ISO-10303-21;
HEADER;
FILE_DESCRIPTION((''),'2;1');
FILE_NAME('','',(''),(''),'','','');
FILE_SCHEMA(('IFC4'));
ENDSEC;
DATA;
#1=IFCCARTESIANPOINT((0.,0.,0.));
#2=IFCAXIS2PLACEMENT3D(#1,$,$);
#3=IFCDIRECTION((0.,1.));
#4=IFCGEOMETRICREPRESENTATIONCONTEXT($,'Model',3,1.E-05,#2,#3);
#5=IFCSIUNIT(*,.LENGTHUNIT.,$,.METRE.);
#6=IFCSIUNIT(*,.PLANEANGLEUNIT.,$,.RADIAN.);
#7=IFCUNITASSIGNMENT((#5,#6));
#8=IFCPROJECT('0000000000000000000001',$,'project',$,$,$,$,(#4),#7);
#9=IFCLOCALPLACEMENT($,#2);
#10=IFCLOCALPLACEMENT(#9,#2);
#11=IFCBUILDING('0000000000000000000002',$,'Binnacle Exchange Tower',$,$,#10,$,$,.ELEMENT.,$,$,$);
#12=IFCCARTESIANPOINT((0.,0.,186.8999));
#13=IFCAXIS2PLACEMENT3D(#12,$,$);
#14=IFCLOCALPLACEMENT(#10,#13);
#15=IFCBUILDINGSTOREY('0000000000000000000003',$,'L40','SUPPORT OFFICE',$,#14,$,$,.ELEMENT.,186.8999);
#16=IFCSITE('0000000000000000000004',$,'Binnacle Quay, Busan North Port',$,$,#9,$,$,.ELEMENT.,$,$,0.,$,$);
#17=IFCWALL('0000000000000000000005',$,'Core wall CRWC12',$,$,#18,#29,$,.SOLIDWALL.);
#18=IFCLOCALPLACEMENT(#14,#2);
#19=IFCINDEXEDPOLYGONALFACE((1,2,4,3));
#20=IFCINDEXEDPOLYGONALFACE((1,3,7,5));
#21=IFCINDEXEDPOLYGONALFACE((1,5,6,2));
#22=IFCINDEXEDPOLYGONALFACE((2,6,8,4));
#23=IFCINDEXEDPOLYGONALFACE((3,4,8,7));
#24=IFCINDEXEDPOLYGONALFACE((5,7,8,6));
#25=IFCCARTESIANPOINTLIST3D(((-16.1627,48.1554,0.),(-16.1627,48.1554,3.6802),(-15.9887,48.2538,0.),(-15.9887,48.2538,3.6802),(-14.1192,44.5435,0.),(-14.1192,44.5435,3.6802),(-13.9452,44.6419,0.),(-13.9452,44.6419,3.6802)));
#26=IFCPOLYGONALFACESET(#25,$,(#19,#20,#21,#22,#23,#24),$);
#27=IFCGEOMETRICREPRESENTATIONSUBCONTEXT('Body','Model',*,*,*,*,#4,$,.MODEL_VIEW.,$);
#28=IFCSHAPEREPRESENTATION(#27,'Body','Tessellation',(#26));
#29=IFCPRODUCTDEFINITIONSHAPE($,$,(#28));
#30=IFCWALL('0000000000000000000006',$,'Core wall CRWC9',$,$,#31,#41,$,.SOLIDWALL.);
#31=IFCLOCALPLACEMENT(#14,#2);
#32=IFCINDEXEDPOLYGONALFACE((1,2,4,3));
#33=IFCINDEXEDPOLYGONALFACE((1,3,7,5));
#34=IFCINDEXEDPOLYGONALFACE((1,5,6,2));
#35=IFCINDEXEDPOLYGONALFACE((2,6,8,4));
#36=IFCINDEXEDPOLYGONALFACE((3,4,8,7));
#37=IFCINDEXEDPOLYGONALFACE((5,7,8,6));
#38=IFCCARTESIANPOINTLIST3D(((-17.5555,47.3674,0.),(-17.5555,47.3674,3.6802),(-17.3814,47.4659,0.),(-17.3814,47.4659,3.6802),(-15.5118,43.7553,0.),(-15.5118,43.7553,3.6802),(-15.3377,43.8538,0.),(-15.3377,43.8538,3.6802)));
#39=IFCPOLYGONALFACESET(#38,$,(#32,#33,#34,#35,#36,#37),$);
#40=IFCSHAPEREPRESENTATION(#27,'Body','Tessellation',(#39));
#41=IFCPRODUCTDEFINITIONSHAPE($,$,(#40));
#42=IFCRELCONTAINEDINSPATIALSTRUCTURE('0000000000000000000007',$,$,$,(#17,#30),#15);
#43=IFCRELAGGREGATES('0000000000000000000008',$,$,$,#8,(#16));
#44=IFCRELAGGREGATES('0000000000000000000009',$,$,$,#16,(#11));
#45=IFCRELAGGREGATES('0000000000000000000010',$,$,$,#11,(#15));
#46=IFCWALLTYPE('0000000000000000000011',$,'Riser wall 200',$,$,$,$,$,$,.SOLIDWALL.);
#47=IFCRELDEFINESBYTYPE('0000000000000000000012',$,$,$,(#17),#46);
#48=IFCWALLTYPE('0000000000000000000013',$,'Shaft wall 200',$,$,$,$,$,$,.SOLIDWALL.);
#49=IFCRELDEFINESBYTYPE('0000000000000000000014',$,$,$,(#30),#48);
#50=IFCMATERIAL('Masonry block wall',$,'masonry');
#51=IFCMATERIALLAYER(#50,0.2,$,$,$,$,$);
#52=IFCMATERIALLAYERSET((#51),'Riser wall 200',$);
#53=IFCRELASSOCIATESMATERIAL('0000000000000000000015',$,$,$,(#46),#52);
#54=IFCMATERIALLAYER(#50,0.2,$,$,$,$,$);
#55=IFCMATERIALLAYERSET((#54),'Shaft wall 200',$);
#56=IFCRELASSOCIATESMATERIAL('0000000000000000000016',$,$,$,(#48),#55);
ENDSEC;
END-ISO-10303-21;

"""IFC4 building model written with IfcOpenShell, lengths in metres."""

from ifc_helpers import new_model, si_unit, direction, frame, frame_2d, origin, place, context, subcontext, project, spatial, rectangle, extrude, material, layer, layer_set, type_object, element, save


model = new_model("IFC4")

# Units and contexts
model_context = context("Model", 3, precision=1e-05, world=origin(), true_north=direction((0.0, 1.0)))
body_context = subcontext(model_context, "Body", "Model", "MODEL_VIEW")
ifc_project = project(units=[si_unit("LENGTHUNIT", "METRE"), si_unit("PLANEANGLEUNIT", "RADIAN")], contexts=[model_context])

# Site, building, storey
site_placement = place(None, origin())
site = spatial("IfcSite", under=ifc_project, at=site_placement, Name="Binnacle Quay, Busan North Port", CompositionType="ELEMENT", RefElevation=0.0)
building_placement = place(site_placement, origin())
building = spatial("IfcBuilding", under=site, at=building_placement, Name="Binnacle Exchange Tower", CompositionType="ELEMENT")
storey_placement = place(building_placement, frame((0.0, 0.0, 186.8999)))
storey = spatial("IfcBuildingStorey", under=building, at=storey_placement, Name="L40", Description="SUPPORT OFFICE", CompositionType="ELEMENT", Elevation=186.8999)

# Walls
ifc_material_1 = material(Name="Masonry block wall", Category="masonry")
ifc_layer_1 = layer(ifc_material_1, 0.2)
ifc_layer_set_1 = layer_set([ifc_layer_1], Name="Riser wall 200")
wall_type_1 = type_object("IfcWallType", Name="Riser wall 200", PredefinedType="SOLIDWALL", material=ifc_layer_set_1)
wall_1_placement = place(storey_placement, frame((-16.0757, 48.2046, 0.0), z_axis=(0.0, 0.0, 1.0), x_axis=(0.492422, -0.870357, 0.0)))
element("IfcWall", 1, at=wall_1_placement, inside=storey, type_object=wall_type_1, Name="Core wall CRWC12", PredefinedType="SOLIDWALL", context=body_context, shape_type="SweptSolid", body=[
    extrude(rectangle(XDim=4.1499, YDim=0.2, at=frame_2d((2.075, 0.0))), origin(), (0.0, 0.0, 1.0), 3.6802),
])
ifc_layer_2 = layer(ifc_material_1, 0.2)
ifc_layer_set_2 = layer_set([ifc_layer_2], Name="Shaft wall 200")
wall_type_2 = type_object("IfcWallType", Name="Shaft wall 200", PredefinedType="SOLIDWALL", material=ifc_layer_set_2)
wall_2_placement = place(storey_placement, frame((-17.4685, 47.4167, 0.0), z_axis=(0.0, 0.0, 1.0), x_axis=(0.492441, -0.870346, 0.0)))
element("IfcWall", 2, at=wall_2_placement, inside=storey, type_object=wall_type_2, Name="Core wall CRWC9", PredefinedType="SOLIDWALL", context=body_context, shape_type="SweptSolid", body=[
    extrude(rectangle(XDim=4.1501, YDim=0.2, at=frame_2d((2.0752, 0.0))), origin(), (0.0, 0.0, 1.0), 3.6802),
])

save(model, "model.ifc")
